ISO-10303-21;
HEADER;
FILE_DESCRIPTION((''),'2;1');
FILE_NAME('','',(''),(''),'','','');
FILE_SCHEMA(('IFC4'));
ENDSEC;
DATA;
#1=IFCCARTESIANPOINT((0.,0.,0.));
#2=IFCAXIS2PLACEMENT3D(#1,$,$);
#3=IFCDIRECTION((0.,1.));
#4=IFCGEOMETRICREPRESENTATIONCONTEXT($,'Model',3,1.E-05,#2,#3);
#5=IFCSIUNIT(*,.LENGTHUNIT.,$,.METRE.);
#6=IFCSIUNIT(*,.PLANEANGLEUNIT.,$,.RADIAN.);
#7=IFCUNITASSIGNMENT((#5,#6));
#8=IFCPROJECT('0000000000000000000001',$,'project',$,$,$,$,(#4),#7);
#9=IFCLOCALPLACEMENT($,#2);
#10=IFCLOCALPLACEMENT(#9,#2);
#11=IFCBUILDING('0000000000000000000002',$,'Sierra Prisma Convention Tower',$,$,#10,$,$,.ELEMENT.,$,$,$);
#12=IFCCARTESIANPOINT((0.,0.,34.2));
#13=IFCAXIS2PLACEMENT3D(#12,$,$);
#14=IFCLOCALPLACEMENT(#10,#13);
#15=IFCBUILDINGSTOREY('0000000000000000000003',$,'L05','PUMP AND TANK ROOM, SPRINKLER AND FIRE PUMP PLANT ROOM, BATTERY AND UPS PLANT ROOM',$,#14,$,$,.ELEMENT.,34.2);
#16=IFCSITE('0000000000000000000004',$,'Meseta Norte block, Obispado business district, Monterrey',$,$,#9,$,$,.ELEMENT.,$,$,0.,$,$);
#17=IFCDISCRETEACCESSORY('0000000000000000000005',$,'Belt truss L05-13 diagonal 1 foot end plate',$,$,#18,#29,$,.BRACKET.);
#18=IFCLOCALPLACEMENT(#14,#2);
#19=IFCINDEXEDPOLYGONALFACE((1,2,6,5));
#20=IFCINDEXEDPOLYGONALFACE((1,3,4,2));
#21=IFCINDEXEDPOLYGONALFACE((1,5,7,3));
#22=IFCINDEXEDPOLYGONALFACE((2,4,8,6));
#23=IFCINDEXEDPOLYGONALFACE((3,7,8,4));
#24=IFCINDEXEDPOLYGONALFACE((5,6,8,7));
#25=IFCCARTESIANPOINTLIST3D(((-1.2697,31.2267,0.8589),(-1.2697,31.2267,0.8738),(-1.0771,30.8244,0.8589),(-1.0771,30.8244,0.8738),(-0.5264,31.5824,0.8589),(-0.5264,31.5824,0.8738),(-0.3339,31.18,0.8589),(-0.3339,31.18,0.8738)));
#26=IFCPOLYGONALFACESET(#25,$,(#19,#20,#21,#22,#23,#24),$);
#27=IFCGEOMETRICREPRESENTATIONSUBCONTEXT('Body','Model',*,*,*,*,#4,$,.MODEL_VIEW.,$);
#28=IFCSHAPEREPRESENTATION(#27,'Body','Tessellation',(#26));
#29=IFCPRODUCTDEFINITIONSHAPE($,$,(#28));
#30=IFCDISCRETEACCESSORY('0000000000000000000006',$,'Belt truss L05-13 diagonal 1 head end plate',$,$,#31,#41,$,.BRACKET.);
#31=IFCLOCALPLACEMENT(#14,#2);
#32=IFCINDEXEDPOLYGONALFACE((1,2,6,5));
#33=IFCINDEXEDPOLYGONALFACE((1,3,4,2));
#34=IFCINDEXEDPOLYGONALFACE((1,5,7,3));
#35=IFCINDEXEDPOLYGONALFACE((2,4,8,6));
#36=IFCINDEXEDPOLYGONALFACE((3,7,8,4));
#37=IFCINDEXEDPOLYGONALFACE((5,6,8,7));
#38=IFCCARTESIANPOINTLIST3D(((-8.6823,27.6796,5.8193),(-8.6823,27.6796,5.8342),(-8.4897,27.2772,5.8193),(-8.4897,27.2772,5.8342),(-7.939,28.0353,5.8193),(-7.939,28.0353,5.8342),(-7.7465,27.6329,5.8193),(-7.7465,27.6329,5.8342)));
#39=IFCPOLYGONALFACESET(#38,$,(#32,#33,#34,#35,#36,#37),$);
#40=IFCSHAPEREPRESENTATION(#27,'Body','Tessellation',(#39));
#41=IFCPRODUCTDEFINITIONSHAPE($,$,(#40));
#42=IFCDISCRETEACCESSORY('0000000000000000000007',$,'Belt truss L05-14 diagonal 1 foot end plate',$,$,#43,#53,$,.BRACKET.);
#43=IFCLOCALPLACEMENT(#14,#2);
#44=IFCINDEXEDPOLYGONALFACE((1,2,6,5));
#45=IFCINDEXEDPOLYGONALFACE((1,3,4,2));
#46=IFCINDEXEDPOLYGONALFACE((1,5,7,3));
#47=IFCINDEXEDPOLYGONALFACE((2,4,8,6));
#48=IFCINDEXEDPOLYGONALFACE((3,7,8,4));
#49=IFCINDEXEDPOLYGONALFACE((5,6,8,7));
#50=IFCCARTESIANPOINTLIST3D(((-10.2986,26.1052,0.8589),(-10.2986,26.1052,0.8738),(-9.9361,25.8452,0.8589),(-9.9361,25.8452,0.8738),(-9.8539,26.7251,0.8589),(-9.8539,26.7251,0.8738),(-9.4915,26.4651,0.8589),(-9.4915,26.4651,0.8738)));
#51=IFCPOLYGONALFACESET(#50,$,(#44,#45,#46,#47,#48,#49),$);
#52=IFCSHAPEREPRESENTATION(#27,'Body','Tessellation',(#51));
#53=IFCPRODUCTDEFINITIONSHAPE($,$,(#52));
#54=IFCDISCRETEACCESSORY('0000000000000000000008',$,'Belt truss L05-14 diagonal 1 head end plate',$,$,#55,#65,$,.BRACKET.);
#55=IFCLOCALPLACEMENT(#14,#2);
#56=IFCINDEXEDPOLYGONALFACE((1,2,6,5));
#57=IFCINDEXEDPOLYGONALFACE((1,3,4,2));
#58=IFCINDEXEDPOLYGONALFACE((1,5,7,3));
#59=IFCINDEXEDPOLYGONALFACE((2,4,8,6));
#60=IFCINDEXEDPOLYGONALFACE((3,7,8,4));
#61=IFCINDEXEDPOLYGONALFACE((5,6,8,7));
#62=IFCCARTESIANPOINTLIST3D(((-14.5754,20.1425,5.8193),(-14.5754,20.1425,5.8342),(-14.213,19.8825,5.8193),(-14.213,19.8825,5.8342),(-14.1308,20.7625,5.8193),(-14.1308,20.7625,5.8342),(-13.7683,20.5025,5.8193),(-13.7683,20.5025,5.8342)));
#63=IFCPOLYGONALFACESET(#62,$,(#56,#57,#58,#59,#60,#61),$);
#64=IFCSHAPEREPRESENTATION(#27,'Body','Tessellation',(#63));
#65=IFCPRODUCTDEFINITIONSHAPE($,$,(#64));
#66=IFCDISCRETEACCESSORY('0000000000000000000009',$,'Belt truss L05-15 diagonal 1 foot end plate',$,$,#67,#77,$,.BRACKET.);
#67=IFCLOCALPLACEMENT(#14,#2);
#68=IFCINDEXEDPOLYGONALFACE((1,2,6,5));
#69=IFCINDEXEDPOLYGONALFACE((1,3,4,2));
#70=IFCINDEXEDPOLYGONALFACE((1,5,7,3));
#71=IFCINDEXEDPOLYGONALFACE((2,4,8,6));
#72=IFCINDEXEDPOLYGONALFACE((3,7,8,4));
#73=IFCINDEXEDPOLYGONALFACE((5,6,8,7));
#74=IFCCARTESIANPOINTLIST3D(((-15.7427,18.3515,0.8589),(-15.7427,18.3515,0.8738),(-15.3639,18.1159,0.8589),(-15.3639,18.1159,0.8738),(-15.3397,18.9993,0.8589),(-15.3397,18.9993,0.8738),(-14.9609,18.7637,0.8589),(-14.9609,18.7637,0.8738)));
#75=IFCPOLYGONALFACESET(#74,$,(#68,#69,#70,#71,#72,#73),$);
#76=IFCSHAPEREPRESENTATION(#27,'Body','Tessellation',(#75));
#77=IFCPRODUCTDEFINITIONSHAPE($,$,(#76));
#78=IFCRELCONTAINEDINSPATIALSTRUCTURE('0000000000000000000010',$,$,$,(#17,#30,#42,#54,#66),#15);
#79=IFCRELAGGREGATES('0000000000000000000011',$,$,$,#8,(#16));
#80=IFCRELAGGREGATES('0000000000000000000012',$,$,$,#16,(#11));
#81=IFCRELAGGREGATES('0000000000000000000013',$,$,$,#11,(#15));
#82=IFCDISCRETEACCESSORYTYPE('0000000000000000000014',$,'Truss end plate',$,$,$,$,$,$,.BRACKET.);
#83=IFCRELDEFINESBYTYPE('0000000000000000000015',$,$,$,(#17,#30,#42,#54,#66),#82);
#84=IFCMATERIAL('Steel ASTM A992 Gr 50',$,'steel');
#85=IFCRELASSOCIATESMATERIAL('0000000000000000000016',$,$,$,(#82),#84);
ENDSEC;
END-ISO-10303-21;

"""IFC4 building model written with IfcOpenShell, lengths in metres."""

from ifc_helpers import new_model, si_unit, direction, frame, origin, origin_2d, place, context, subcontext, project, spatial, rectangle, extrude, material, type_object, element, save


model = new_model("IFC4")

# Units and contexts
model_context = context("Model", 3, precision=1e-05, world=origin(), true_north=direction((0.0, 1.0)))
body_context = subcontext(model_context, "Body", "Model", "MODEL_VIEW")
ifc_project = project(units=[si_unit("LENGTHUNIT", "METRE"), si_unit("PLANEANGLEUNIT", "RADIAN")], contexts=[model_context])

# Site, building, storey
site_placement = place(None, origin())
site = spatial("IfcSite", under=ifc_project, at=site_placement, Name="Meseta Norte block, Obispado business district, Monterrey", CompositionType="ELEMENT", RefElevation=0.0)
building_placement = place(site_placement, origin())
building = spatial("IfcBuilding", under=site, at=building_placement, Name="Sierra Prisma Convention Tower", CompositionType="ELEMENT")
storey_placement = place(building_placement, frame((0.0, 0.0, 34.2)))
storey = spatial("IfcBuildingStorey", under=building, at=storey_placement, Name="L05", Description="PUMP AND TANK ROOM, SPRINKLER AND FIRE PUMP PLANT ROOM, BATTERY AND UPS PLANT ROOM", CompositionType="ELEMENT", Elevation=34.2)

# Discrete accessories
ifc_material_1 = material(Name="Steel ASTM A992 Gr 50", Category="steel")
discrete_accessory_type = type_object("IfcDiscreteAccessoryType", Name="Truss end plate", PredefinedType="BRACKET", material=ifc_material_1)
for number, where, z_axis, x_axis, name in (
    (1, (-0.8018, 31.2034, 0.8589), (0.0, 0.0, 1.0), (-0.902043, -0.431647, 0.0), "Belt truss L05-13 diagonal 1 foot end plate"),
    (2, (-8.2144, 27.6562, 5.8193), (0.0, 0.0, 1.0), (-0.902043, -0.431647, 0.0), "Belt truss L05-13 diagonal 1 head end plate"),
):
    element("IfcDiscreteAccessory", number, at=place(storey_placement, frame(where, z_axis=z_axis, x_axis=x_axis)), inside=storey, type_object=discrete_accessory_type, Name=name, PredefinedType="BRACKET", context=body_context, shape_type="SweptSolid", body=[
        extrude(rectangle(XDim=0.824, YDim=0.446, at=origin_2d()), origin(), (0.0, 0.0, 1.0), 0.0149),
    ])
for number, where, z_axis, x_axis, name in (
    (3, (-9.895, 26.2852, 0.8589), (0.0, 0.0, 1.0), (-0.582845, -0.812583, 0.0), "Belt truss L05-14 diagonal 1 foot end plate"),
    (4, (-14.1719, 20.3225, 5.8193), (0.0, 0.0, 1.0), (-0.582845, -0.812583, 0.0), "Belt truss L05-14 diagonal 1 head end plate"),
    (5, (-15.3518, 18.5576, 0.8589), (0.0, 0.0, 1.0), (-0.528192, -0.849125, 0.0), "Belt truss L05-15 diagonal 1 foot end plate"),
):
    element("IfcDiscreteAccessory", number, at=place(storey_placement, frame(where, z_axis=z_axis, x_axis=x_axis)), inside=storey, type_object=discrete_accessory_type, Name=name, PredefinedType="BRACKET", context=body_context, shape_type="SweptSolid", body=[
        extrude(rectangle(XDim=0.7629, YDim=0.446, at=origin_2d()), origin(), (0.0, 0.0, 1.0), 0.0149),
    ])

save(model, "model.ifc")
